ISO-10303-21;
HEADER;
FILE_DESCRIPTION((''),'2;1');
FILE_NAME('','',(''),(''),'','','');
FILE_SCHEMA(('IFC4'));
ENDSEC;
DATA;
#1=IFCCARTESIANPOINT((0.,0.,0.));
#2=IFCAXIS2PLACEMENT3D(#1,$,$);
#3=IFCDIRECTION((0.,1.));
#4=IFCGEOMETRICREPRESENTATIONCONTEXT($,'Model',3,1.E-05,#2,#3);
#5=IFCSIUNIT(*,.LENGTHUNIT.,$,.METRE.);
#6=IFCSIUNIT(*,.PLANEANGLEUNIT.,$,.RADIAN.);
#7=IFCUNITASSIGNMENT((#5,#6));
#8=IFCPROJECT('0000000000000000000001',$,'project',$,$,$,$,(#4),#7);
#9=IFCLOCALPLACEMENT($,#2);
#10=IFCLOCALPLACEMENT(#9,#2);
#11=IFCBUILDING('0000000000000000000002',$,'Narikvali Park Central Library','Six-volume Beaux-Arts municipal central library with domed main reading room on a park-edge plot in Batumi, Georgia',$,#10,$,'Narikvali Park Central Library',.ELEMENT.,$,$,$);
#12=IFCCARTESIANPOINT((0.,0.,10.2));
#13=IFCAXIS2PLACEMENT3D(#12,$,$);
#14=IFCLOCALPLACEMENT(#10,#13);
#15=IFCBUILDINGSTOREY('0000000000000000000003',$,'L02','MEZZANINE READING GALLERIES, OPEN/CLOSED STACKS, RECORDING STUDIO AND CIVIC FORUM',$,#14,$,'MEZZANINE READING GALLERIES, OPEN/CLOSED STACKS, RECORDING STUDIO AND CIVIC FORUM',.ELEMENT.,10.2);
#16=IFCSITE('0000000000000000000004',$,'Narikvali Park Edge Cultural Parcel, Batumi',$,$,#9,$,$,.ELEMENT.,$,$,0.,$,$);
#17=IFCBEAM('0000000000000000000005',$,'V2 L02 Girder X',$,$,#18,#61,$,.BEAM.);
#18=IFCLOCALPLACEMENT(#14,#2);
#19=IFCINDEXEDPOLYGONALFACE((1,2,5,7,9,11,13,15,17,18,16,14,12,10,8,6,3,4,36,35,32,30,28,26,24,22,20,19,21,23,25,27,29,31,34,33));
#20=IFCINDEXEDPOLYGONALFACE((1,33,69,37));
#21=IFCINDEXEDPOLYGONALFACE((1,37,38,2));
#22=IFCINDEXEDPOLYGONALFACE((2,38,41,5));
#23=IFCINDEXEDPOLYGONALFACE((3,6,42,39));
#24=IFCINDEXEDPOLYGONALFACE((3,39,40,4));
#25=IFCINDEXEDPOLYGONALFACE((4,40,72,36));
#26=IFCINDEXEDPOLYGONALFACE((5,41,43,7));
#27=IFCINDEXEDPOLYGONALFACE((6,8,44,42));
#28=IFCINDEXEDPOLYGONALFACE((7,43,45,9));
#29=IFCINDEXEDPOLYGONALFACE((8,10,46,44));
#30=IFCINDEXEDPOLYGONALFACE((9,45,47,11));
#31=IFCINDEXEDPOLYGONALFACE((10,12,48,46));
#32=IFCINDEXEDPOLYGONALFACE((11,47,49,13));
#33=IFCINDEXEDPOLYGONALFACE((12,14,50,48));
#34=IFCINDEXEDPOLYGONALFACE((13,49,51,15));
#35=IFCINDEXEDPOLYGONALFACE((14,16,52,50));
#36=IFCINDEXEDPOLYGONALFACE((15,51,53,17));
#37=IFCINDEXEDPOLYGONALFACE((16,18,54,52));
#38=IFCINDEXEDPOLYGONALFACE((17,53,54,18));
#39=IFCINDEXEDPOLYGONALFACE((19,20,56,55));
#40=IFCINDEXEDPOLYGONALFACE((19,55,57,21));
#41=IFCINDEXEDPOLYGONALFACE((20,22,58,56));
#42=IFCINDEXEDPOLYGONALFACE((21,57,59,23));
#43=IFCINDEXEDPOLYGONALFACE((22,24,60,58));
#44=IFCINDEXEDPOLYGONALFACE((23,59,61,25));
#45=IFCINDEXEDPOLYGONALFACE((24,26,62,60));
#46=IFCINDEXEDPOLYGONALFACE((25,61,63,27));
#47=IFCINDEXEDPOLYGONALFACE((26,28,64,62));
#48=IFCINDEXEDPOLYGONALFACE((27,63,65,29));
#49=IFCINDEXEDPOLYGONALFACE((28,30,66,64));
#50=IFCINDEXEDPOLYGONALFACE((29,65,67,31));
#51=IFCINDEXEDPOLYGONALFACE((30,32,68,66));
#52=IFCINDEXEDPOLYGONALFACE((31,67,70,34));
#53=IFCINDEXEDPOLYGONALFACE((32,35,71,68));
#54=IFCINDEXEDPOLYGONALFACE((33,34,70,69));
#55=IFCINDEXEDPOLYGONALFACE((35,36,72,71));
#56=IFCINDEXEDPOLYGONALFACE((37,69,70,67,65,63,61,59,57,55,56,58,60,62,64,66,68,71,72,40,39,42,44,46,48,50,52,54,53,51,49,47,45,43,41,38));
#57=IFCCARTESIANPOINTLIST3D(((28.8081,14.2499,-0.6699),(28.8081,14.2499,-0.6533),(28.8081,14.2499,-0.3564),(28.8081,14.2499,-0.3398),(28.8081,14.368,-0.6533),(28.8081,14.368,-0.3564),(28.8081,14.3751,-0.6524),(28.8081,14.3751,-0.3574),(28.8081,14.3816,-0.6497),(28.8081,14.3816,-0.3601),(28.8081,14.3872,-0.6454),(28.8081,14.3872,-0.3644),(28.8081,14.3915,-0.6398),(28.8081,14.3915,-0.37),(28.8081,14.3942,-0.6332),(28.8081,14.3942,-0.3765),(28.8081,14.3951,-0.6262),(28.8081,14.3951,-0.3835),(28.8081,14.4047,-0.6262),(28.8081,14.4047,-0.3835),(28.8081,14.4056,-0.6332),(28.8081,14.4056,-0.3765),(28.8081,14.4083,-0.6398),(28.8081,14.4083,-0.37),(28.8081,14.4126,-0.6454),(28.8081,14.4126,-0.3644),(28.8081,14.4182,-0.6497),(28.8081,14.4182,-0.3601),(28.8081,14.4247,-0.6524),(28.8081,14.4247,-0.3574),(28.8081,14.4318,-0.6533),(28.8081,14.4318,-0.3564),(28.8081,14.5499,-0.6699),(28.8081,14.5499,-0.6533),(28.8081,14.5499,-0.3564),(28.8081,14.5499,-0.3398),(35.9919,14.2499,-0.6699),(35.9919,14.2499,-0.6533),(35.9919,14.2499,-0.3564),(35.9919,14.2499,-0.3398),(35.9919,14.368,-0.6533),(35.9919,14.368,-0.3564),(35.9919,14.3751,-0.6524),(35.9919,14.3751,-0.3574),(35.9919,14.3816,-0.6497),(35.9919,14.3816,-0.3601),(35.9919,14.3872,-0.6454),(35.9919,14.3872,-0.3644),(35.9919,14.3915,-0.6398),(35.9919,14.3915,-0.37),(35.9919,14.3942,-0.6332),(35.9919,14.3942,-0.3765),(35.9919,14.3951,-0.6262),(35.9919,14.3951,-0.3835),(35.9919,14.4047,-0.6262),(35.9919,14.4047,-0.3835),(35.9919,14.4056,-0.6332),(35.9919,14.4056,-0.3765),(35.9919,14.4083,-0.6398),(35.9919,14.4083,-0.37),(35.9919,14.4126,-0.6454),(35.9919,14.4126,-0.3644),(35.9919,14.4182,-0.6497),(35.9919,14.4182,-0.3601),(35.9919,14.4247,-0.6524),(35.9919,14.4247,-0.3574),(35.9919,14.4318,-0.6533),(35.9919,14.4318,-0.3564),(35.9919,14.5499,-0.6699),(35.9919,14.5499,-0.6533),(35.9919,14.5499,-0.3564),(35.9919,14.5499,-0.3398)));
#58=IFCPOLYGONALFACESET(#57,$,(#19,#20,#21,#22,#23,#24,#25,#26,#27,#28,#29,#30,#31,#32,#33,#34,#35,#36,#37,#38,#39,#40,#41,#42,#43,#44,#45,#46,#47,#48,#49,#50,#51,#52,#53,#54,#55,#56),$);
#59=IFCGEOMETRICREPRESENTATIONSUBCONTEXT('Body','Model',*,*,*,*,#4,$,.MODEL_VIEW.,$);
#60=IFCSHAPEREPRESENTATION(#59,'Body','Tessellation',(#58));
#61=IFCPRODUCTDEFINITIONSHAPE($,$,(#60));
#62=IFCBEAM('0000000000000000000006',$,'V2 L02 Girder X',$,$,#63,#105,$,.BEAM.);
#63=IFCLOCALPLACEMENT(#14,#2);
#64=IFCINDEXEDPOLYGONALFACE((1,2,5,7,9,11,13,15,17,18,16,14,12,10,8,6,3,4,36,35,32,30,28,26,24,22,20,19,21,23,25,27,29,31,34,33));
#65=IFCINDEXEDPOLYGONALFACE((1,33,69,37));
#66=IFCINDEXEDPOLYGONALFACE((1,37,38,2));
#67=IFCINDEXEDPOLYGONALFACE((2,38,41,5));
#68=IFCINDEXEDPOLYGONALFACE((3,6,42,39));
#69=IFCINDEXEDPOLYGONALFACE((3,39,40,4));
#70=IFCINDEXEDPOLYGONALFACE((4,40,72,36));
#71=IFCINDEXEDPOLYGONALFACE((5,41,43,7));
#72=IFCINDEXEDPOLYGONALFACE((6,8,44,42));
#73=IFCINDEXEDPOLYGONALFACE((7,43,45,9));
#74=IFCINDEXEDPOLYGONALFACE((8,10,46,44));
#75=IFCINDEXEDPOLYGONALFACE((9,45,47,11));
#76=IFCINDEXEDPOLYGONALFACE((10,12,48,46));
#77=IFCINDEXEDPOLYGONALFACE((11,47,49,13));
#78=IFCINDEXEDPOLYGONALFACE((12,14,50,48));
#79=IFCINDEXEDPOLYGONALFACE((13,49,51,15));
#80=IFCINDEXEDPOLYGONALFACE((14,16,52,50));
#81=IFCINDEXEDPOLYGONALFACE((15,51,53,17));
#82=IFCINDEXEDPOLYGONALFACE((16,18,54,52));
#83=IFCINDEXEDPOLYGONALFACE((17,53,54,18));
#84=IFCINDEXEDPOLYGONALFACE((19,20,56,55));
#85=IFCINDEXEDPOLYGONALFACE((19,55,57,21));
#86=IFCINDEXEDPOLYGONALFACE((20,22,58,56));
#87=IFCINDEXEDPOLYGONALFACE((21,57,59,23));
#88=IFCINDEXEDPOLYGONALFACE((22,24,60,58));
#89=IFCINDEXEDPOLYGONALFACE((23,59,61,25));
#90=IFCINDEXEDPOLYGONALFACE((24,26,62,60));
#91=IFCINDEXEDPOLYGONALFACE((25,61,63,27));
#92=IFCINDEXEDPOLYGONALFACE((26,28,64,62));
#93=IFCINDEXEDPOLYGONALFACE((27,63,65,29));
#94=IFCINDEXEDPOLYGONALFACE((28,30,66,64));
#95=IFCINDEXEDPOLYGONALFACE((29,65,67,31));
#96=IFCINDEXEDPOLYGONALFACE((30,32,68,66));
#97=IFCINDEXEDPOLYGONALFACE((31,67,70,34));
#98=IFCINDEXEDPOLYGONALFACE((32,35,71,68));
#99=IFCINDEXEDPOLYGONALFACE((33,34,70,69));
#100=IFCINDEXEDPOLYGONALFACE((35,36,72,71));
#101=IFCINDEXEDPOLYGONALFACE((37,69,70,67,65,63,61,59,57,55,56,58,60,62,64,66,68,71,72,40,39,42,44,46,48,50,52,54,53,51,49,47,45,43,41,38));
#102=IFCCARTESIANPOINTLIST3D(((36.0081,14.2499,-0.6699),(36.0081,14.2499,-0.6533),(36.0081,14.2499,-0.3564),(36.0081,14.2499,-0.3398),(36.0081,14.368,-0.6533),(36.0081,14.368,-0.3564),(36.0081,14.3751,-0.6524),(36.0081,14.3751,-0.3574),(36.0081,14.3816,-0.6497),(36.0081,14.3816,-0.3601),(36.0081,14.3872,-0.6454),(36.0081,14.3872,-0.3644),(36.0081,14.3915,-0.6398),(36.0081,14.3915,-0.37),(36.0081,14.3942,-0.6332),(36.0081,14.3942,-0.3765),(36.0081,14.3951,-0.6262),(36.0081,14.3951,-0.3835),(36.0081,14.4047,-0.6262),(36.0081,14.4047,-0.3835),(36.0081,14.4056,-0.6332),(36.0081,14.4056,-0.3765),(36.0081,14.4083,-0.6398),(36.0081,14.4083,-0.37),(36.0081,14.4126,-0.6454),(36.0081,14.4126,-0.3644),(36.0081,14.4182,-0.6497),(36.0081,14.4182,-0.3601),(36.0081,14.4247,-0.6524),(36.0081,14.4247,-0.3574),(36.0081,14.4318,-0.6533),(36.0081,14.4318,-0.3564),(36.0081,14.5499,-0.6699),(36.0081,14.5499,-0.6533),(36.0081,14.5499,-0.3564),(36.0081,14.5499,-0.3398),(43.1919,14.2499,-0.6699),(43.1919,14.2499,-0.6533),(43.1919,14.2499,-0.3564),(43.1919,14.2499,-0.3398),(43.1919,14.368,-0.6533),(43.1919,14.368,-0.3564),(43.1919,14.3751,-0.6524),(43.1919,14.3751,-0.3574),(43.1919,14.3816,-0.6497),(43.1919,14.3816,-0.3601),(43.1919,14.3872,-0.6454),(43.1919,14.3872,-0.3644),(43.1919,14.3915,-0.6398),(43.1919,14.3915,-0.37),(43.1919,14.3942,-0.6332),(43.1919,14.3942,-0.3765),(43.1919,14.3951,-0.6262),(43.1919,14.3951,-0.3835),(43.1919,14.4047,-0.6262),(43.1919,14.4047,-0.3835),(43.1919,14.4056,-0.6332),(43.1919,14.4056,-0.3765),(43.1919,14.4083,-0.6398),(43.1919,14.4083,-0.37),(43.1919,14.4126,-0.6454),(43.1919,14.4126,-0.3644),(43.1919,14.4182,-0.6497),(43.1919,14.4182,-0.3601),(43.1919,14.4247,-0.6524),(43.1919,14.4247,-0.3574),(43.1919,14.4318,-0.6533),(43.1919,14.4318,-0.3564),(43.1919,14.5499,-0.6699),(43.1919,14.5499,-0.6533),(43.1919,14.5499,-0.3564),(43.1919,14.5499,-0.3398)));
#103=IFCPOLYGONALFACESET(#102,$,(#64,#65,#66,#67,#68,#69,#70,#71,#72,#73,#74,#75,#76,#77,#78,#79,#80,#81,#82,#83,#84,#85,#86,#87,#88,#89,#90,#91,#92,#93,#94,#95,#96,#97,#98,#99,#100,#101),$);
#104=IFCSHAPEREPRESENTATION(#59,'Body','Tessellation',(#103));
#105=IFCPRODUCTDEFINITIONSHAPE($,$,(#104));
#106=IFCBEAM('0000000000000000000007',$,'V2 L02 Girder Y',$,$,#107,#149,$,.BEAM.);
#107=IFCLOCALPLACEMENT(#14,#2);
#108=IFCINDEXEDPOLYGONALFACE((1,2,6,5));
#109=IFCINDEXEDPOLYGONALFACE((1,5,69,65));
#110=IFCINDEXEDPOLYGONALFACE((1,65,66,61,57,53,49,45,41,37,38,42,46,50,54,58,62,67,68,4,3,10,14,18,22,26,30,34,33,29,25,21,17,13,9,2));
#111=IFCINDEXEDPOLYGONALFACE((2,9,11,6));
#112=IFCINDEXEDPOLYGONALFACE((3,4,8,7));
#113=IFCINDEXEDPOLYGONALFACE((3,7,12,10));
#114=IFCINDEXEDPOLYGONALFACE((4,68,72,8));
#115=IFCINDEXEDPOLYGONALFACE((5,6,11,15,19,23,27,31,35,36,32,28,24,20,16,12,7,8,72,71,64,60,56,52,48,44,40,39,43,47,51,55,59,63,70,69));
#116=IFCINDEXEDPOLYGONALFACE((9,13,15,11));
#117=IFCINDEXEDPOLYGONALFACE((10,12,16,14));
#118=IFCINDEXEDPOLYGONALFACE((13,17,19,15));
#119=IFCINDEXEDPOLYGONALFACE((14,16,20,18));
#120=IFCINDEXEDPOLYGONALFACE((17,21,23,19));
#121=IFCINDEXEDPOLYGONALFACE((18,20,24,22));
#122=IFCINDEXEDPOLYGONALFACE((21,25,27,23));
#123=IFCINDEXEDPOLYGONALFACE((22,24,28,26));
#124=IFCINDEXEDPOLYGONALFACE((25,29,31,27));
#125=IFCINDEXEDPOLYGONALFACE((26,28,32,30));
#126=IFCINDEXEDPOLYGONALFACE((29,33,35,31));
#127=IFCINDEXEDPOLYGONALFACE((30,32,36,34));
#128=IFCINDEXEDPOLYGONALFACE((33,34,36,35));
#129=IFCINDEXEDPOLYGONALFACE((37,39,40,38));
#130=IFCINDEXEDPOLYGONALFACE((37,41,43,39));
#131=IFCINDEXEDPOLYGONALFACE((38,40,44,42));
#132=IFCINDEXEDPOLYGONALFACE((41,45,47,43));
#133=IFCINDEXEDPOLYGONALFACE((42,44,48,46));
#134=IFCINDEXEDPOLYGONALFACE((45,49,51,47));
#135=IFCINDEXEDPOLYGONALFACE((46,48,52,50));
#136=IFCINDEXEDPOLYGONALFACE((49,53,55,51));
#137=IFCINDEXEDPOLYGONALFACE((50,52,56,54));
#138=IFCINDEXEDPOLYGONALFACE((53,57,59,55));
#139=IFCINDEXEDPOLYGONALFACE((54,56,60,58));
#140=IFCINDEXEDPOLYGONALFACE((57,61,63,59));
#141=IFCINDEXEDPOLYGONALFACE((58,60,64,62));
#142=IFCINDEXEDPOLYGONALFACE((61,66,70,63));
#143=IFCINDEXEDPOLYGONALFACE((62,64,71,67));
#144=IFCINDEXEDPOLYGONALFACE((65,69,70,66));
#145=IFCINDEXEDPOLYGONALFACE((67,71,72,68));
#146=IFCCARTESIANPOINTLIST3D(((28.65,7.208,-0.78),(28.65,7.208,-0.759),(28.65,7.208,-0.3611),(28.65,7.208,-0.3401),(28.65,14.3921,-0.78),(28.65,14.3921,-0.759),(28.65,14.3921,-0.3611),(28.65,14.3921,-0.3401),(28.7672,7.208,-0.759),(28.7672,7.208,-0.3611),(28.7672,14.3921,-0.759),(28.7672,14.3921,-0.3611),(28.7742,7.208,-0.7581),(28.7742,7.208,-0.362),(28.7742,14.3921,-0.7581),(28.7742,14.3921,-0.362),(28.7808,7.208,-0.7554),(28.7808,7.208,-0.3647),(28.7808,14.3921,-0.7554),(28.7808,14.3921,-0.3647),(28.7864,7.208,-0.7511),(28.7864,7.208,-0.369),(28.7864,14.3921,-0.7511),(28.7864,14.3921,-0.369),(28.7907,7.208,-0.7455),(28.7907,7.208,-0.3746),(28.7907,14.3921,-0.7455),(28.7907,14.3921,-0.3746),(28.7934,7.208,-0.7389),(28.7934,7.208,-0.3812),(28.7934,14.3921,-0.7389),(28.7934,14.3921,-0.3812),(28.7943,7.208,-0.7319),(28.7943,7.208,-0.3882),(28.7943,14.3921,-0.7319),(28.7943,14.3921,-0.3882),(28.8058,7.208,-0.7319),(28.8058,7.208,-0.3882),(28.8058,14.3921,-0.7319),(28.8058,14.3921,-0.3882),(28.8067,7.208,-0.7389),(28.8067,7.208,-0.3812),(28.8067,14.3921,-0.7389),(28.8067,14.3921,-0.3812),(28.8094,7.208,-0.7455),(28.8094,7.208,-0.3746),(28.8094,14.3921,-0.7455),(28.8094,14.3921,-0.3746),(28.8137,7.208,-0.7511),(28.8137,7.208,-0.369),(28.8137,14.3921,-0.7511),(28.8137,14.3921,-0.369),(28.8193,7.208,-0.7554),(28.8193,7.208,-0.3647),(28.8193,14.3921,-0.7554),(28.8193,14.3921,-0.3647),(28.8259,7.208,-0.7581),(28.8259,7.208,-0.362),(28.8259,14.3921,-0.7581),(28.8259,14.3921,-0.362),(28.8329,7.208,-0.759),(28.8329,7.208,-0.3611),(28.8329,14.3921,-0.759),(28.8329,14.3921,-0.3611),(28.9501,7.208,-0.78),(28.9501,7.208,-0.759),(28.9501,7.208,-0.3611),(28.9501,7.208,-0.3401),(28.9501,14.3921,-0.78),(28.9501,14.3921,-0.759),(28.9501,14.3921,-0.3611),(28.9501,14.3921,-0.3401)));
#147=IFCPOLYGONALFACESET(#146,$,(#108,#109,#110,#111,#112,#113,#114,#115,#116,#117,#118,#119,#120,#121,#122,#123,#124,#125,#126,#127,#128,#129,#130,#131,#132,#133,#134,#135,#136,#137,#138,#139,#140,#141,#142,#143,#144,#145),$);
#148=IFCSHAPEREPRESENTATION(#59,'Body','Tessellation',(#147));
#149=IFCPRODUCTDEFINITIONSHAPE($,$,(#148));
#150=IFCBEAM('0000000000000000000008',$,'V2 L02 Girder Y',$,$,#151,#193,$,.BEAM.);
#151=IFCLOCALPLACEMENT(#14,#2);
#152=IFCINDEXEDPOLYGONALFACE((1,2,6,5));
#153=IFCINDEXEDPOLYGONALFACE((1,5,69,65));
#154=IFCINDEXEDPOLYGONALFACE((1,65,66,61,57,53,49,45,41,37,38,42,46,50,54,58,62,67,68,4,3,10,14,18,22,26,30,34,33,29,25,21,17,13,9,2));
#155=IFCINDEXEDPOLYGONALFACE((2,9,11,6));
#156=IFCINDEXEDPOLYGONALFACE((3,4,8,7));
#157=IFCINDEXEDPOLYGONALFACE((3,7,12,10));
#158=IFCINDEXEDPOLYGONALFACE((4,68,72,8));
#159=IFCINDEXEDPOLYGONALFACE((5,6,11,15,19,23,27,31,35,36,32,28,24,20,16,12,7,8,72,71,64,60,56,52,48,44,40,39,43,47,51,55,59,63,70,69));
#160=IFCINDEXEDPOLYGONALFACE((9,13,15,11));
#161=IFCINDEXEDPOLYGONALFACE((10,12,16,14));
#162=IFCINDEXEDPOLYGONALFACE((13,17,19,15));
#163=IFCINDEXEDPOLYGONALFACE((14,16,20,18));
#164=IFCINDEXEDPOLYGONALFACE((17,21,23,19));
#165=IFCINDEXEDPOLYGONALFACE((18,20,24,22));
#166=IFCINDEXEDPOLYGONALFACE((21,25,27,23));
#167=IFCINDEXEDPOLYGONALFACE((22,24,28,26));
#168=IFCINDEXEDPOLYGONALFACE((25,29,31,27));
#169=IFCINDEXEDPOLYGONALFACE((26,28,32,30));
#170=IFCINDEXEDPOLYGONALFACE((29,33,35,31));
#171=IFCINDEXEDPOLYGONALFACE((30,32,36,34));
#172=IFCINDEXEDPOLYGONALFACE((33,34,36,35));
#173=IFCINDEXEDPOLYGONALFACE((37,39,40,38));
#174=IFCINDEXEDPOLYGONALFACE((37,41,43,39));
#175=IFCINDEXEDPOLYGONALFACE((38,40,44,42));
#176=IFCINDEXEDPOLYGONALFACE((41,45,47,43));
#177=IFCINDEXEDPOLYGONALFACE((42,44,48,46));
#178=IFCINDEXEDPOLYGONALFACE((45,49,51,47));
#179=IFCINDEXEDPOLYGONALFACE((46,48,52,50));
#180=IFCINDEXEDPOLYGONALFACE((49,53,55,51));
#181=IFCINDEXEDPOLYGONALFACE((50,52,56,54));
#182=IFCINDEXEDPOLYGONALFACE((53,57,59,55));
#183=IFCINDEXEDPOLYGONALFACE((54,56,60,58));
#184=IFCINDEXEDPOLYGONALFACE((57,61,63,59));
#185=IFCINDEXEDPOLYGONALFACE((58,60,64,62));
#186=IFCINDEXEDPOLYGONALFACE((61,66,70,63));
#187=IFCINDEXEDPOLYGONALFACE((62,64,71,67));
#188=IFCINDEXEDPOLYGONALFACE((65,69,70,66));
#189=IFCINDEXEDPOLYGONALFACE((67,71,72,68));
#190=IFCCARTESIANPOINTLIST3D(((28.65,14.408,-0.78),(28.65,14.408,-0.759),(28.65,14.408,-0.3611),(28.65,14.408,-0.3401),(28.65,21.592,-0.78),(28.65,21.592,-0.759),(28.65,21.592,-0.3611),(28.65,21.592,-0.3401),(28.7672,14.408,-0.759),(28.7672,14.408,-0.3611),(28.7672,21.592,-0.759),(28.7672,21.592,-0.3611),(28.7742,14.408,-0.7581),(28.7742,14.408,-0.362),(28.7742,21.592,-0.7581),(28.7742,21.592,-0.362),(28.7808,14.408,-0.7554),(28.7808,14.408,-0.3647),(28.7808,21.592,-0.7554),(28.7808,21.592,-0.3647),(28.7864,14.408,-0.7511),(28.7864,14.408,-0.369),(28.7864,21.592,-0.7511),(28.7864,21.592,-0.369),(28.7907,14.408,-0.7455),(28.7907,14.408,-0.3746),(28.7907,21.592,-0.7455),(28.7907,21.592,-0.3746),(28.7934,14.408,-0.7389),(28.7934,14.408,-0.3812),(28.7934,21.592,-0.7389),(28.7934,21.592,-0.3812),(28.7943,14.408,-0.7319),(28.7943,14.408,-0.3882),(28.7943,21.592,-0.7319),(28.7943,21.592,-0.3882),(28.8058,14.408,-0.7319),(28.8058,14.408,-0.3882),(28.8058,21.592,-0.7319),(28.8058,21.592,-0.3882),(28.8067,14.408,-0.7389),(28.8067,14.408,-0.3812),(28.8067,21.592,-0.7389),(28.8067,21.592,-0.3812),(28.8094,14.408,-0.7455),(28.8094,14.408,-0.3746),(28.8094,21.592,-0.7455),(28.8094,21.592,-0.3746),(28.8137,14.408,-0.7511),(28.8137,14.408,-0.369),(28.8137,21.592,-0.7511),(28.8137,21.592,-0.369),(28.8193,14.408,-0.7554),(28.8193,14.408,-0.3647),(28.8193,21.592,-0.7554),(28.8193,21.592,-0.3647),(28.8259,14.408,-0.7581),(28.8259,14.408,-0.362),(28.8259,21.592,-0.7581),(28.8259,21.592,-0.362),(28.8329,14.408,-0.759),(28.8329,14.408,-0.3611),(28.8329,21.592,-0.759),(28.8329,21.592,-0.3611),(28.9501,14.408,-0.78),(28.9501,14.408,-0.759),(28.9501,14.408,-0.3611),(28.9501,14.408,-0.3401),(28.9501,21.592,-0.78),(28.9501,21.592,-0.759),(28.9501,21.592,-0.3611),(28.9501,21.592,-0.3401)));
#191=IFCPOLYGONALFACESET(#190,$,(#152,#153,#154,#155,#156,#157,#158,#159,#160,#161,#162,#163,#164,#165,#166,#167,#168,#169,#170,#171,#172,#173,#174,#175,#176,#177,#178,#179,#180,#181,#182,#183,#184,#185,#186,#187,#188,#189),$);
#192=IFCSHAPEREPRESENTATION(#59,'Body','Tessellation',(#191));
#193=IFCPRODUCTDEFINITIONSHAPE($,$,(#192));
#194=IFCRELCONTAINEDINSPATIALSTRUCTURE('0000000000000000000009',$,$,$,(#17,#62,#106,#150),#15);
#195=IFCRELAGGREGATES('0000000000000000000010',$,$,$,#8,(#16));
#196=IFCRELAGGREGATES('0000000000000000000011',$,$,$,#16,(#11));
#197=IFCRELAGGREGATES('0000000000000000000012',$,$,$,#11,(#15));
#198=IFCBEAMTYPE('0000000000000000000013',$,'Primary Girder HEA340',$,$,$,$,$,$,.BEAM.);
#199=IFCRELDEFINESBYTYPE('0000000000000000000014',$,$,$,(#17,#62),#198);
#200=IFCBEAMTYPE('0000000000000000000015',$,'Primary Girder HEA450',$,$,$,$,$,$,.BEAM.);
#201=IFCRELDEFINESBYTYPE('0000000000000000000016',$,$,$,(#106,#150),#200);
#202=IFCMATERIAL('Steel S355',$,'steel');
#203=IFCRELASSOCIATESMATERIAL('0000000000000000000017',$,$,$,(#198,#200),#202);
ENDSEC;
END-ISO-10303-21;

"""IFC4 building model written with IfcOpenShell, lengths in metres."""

from ifc_helpers import new_model, si_unit, direction, frame, origin, origin_2d, place, context, subcontext, project, spatial, i_section, extrude, material, material_profile, profile_set, type_object, element, save


model = new_model("IFC4")

# Units and contexts
model_context = context("Model", 3, precision=1e-05, world=origin(), true_north=direction((0.0, 1.0)))
body_context = subcontext(model_context, "Body", "Model", "MODEL_VIEW")
ifc_project = project(units=[si_unit("LENGTHUNIT", "METRE"), si_unit("PLANEANGLEUNIT", "RADIAN")], contexts=[model_context])

# Site, building, storey
site_placement = place(None, origin())
site = spatial("IfcSite", under=ifc_project, at=site_placement, Name="Narikvali Park Edge Cultural Parcel, Batumi", CompositionType="ELEMENT", RefElevation=0.0)
building_placement = place(site_placement, origin())
building = spatial("IfcBuilding", under=site, at=building_placement, Name="Narikvali Park Central Library", Description="Six-volume Beaux-Arts municipal central library with domed main reading room on a park-edge plot in Batumi, Georgia", LongName="Narikvali Park Central Library", CompositionType="ELEMENT")
storey_placement = place(building_placement, frame((0.0, 0.0, 10.2)))
storey = spatial("IfcBuildingStorey", under=building, at=storey_placement, Name="L02", Description="MEZZANINE READING GALLERIES, OPEN/CLOSED STACKS, RECORDING STUDIO AND CIVIC FORUM", LongName="MEZZANINE READING GALLERIES, OPEN/CLOSED STACKS, RECORDING STUDIO AND CIVIC FORUM", CompositionType="ELEMENT", Elevation=10.2)

# Beams
ifc_material_1 = material(Name="Steel S355", Category="steel")
ifc_material_profile_1 = material_profile(ifc_material_1, i_section(OverallWidth=0.3, OverallDepth=0.3301, WebThickness=0.0095, FlangeThickness=0.0166, FilletRadius=0.0271, at=origin_2d()), Name="HEA 340")
ifc_profile_set_1 = profile_set([ifc_material_profile_1], Name="Steel S355")
beam_type_1 = type_object("IfcBeamType", Name="Primary Girder HEA340", PredefinedType="BEAM", material=ifc_profile_set_1)
for number, where, z_axis, x_axis, name in (
    (1, (28.8081, 14.3999, -0.5049), (1.0, 0.0, 0.0), (0.0, 1.0, 0.0), "V2 L02 Girder X"),
    (2, (36.0081, 14.3999, -0.5049), (1.0, 0.0, 0.0), (0.0, 1.0, 0.0), "V2 L02 Girder X"),
):
    element("IfcBeam", number, at=place(storey_placement, frame(where, z_axis=z_axis, x_axis=x_axis)), inside=storey, type_object=beam_type_1, Name=name, PredefinedType="BEAM", context=body_context, shape_type="SweptSolid", body=[
        extrude(i_section(OverallWidth=0.3, OverallDepth=0.3301, WebThickness=0.0095, FlangeThickness=0.0166, FilletRadius=0.0271, at=origin_2d()), origin(), (0.0, 0.0, 1.0), 7.1838),
    ])
ifc_material_profile_2 = material_profile(ifc_material_1, i_section(OverallWidth=0.3, OverallDepth=0.4399, WebThickness=0.0115, FlangeThickness=0.021, FilletRadius=0.0271, at=origin_2d()), Name="HEA 450")
ifc_profile_set_2 = profile_set([ifc_material_profile_2], Name="Steel S355")
beam_type_2 = type_object("IfcBeamType", Name="Primary Girder HEA450", PredefinedType="BEAM", material=ifc_profile_set_2)
for number, where, z_axis, x_axis, name in (
    (3, (28.8, 7.208, -0.5601), (0.0, 1.0, 0.0), (-1.0, 0.0, 0.0), "V2 L02 Girder Y"),
    (4, (28.8, 14.408, -0.5601), (0.0, 1.0, 0.0), (-1.0, 0.0, 0.0), "V2 L02 Girder Y"),
):
    element("IfcBeam", number, at=place(storey_placement, frame(where, z_axis=z_axis, x_axis=x_axis)), inside=storey, type_object=beam_type_2, Name=name, PredefinedType="BEAM", context=body_context, shape_type="SweptSolid", body=[
        extrude(i_section(OverallWidth=0.3, OverallDepth=0.4399, WebThickness=0.0115, FlangeThickness=0.021, FilletRadius=0.0271, at=origin_2d()), origin(), (0.0, 0.0, 1.0), 7.1841),
    ])

save(model, "model.ifc")
